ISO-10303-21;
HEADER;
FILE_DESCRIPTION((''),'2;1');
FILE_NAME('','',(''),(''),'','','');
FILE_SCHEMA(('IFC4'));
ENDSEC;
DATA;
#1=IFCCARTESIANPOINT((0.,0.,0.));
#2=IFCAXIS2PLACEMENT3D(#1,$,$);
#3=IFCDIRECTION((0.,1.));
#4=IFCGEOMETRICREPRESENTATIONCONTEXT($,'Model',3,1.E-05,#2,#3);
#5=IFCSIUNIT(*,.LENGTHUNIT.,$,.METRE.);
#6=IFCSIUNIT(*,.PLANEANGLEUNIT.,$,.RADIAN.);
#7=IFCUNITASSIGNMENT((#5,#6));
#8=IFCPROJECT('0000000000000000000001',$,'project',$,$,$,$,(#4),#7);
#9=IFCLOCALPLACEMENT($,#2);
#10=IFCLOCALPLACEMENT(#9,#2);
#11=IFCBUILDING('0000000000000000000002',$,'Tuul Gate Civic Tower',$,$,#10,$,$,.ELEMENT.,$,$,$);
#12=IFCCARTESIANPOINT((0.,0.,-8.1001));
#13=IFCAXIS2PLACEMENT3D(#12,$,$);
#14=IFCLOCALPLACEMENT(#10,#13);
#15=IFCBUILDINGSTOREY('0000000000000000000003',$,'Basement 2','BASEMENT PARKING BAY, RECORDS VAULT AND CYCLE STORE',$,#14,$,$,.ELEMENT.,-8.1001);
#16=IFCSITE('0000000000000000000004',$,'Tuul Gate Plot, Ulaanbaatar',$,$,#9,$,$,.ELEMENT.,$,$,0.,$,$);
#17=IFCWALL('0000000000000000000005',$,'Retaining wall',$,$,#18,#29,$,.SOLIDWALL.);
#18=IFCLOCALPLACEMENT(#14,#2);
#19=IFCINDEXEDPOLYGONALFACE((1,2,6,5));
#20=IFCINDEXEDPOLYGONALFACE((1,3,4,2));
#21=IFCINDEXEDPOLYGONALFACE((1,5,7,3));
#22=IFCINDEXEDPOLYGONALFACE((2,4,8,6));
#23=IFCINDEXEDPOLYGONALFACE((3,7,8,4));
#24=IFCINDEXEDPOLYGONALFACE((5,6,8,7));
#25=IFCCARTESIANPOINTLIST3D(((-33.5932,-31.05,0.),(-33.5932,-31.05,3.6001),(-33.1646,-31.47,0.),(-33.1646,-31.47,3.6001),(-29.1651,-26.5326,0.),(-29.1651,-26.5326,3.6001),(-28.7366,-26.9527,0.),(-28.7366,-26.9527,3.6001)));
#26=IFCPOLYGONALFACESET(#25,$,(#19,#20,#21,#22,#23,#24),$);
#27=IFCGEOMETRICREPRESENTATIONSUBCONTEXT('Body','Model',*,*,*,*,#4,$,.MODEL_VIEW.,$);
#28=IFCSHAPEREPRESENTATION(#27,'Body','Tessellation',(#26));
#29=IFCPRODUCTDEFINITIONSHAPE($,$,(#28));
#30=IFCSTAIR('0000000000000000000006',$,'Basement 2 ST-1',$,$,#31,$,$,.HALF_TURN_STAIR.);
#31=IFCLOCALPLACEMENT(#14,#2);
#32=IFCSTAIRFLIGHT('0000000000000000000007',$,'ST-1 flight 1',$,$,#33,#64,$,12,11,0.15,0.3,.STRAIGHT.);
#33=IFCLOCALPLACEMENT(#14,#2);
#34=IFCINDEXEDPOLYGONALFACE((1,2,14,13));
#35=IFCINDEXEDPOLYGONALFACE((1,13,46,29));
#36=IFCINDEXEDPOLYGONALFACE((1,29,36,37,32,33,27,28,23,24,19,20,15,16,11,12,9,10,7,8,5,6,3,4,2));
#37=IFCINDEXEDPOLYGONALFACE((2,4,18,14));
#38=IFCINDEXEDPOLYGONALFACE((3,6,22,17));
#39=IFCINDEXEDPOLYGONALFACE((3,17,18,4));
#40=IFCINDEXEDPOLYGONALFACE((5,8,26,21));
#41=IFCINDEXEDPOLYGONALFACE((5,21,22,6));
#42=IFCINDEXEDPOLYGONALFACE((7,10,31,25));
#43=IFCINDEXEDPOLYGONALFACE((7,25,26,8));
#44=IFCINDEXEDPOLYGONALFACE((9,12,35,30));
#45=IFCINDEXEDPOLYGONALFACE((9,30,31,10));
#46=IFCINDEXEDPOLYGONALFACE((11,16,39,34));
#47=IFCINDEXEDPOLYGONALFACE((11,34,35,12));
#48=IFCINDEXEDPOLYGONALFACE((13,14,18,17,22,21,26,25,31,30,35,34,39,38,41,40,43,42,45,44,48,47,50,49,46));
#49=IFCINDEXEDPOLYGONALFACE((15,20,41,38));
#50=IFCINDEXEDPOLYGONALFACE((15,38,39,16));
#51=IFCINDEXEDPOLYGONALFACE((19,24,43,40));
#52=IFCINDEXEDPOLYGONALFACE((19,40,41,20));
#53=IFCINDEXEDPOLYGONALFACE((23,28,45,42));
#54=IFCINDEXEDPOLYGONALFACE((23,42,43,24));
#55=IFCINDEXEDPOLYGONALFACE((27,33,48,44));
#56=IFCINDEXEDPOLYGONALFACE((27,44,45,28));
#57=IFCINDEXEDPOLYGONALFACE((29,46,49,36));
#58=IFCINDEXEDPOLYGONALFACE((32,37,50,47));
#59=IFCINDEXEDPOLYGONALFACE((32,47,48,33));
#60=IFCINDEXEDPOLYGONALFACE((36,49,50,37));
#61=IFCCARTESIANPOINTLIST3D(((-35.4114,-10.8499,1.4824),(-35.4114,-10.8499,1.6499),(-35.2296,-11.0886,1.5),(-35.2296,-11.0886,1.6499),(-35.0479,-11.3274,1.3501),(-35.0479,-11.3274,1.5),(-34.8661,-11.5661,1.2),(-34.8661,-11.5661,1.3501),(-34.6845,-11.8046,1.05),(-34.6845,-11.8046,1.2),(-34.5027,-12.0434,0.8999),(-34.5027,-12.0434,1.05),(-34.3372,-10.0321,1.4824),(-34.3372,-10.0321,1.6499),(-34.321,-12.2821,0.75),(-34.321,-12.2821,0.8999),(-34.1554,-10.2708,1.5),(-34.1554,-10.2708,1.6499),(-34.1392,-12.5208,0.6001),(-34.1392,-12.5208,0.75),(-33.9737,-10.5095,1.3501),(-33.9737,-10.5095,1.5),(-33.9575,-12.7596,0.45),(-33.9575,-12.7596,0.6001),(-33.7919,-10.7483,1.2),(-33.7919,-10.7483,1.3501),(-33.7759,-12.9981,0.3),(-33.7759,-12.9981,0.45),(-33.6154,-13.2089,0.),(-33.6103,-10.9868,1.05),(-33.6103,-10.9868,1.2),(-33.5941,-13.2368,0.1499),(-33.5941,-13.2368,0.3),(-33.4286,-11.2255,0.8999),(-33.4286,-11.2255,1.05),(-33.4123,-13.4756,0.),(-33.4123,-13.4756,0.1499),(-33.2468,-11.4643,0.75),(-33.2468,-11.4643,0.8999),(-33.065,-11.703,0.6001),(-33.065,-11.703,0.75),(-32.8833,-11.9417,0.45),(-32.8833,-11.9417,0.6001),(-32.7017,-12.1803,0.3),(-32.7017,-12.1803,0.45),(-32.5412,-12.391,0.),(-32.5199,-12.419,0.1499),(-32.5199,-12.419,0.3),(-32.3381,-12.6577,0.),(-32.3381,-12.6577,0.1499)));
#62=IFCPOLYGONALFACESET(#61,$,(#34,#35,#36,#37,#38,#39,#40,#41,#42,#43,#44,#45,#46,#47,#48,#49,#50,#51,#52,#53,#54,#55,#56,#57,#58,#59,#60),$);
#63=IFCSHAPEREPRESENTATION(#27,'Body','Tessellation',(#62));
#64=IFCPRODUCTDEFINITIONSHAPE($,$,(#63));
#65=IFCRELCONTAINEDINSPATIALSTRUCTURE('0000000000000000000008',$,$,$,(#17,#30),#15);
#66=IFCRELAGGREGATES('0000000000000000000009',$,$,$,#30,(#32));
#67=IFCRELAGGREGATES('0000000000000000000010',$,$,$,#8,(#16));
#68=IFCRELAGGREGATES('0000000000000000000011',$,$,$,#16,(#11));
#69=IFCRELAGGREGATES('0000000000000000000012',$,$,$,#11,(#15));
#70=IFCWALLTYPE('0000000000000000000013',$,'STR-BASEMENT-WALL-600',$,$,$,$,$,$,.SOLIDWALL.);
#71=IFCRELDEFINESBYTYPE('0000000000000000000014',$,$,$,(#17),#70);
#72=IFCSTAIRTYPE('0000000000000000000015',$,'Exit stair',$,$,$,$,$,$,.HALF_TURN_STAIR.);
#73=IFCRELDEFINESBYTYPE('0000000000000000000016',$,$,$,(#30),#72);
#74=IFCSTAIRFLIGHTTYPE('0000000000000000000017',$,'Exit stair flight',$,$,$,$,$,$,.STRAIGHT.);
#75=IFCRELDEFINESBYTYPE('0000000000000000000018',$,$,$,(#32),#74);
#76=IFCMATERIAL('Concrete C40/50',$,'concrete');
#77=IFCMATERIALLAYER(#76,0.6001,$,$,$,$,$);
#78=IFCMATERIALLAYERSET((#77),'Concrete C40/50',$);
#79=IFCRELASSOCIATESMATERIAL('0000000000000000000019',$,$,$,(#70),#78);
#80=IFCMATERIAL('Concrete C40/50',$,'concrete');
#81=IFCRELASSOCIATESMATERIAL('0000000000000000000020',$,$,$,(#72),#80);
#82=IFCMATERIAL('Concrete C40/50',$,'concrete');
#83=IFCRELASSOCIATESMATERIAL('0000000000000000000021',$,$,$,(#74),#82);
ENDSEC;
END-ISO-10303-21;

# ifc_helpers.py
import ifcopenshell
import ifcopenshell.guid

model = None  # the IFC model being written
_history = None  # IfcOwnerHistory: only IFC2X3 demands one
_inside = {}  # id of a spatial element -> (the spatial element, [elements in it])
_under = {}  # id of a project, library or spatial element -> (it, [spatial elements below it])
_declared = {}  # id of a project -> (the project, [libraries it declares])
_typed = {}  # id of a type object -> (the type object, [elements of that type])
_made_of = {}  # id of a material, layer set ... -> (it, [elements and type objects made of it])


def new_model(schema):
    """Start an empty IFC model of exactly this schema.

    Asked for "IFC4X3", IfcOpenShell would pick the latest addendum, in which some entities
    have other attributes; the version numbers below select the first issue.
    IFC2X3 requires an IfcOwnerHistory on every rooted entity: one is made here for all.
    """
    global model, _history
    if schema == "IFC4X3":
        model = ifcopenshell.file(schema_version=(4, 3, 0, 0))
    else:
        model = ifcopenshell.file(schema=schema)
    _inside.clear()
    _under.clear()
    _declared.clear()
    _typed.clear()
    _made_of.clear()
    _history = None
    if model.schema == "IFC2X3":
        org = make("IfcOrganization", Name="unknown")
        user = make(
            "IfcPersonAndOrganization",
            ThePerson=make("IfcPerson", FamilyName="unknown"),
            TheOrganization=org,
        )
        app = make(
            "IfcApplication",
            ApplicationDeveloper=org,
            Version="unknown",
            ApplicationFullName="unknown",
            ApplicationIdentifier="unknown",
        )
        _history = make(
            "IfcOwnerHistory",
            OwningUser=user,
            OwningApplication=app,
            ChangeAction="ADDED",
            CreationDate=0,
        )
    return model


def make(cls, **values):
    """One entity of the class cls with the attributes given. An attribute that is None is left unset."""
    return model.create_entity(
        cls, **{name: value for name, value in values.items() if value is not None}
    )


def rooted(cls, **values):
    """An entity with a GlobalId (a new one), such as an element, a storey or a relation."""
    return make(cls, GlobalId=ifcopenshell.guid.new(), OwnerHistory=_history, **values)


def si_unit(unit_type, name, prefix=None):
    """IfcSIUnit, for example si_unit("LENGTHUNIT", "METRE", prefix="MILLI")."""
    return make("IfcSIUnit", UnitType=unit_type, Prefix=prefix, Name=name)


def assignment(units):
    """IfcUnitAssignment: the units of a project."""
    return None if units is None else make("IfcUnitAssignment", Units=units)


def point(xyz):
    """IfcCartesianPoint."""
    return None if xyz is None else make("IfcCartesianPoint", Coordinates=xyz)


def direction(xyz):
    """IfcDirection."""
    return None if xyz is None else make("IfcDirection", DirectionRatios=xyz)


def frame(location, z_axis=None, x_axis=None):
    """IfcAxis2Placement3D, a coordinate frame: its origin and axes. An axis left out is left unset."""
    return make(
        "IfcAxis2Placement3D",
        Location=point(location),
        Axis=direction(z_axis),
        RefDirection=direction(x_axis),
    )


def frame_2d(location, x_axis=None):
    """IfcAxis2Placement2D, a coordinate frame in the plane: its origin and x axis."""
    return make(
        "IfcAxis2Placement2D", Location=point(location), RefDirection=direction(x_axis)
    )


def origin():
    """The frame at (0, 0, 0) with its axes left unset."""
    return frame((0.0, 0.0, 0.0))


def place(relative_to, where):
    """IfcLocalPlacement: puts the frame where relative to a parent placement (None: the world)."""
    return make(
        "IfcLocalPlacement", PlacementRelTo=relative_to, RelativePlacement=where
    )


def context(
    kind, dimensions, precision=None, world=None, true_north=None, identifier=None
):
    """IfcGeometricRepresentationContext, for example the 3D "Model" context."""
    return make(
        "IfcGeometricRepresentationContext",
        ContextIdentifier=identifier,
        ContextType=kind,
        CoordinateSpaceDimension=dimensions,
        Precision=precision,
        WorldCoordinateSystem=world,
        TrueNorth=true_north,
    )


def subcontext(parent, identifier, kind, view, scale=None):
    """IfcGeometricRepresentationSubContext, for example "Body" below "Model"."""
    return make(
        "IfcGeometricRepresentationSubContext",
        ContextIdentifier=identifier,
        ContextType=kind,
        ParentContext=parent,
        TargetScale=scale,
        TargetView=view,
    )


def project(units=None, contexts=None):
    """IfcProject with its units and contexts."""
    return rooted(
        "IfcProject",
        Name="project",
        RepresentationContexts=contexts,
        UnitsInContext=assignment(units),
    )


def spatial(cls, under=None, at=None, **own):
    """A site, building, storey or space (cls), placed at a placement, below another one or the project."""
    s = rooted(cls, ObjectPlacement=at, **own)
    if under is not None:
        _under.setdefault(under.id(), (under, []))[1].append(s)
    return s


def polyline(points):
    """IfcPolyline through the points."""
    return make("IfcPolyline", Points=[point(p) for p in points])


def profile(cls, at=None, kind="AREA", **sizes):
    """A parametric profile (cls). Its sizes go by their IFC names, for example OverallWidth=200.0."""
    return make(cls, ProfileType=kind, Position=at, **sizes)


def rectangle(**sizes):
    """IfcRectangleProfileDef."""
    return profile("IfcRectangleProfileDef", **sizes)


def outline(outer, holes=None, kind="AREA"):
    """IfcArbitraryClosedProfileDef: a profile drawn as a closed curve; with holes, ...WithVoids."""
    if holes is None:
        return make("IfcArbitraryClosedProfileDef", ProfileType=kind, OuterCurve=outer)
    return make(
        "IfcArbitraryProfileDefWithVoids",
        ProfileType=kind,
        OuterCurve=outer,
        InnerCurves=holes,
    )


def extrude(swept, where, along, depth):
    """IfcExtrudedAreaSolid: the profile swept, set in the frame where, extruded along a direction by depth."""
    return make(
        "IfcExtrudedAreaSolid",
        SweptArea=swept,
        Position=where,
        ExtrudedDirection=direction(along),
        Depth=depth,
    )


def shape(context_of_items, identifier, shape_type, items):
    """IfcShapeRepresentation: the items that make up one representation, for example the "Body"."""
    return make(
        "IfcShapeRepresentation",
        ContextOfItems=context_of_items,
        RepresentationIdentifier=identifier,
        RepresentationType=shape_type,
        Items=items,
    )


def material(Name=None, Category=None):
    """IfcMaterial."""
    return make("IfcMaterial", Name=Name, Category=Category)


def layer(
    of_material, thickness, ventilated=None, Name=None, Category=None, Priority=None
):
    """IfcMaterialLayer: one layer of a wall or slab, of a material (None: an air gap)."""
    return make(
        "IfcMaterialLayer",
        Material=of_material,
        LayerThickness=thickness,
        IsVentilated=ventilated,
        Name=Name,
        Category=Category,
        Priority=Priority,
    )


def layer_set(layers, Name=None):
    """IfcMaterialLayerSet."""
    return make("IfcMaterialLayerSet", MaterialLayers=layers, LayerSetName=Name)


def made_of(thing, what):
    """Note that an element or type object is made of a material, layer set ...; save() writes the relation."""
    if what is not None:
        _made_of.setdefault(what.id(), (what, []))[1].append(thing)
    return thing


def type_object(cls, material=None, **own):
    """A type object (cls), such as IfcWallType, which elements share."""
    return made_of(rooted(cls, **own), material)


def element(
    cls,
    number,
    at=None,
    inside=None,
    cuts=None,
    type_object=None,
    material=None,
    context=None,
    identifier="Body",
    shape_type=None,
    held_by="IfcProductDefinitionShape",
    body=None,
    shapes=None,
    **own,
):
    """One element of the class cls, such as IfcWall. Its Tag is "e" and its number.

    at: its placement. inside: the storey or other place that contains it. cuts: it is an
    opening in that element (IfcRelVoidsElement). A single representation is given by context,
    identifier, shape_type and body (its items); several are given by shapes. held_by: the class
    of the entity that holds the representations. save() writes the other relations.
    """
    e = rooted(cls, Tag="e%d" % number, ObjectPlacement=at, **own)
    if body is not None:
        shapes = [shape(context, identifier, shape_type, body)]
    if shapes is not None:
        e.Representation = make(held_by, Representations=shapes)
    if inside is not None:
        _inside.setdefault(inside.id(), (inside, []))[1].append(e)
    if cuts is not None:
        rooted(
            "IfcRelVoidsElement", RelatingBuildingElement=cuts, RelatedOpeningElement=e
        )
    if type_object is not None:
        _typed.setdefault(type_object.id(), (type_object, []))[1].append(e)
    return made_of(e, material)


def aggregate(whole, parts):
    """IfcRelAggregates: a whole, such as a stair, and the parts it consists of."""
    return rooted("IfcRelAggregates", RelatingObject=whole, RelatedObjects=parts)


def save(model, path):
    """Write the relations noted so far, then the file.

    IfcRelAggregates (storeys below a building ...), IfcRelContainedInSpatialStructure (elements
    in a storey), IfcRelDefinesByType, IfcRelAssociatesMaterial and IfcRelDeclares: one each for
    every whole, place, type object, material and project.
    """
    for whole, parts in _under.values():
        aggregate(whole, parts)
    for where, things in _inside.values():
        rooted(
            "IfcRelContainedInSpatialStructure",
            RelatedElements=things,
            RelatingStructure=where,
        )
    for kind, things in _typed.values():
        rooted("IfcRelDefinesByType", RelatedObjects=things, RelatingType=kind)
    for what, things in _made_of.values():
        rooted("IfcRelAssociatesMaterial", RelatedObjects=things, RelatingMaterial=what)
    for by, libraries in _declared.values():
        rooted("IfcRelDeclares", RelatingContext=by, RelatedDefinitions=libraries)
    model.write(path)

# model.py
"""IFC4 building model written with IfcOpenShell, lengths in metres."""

from ifc_helpers import new_model, si_unit, direction, frame, frame_2d, origin, place, context, subcontext, project, spatial, polyline, rectangle, outline, extrude, material, layer, layer_set, type_object, element, aggregate, save


model = new_model("IFC4")

# Units and contexts
model_context = context("Model", 3, precision=1e-05, world=origin(), true_north=direction((0.0, 1.0)))
body_context = subcontext(model_context, "Body", "Model", "MODEL_VIEW")
ifc_project = project(units=[si_unit("LENGTHUNIT", "METRE"), si_unit("PLANEANGLEUNIT", "RADIAN")], contexts=[model_context])

# Site, building, storey
site_placement = place(None, origin())
site = spatial("IfcSite", under=ifc_project, at=site_placement, Name="Tuul Gate Plot, Ulaanbaatar", CompositionType="ELEMENT", RefElevation=0.0)
building_placement = place(site_placement, origin())
building = spatial("IfcBuilding", under=site, at=building_placement, Name="Tuul Gate Civic Tower", CompositionType="ELEMENT")
storey_placement = place(building_placement, frame((0.0, 0.0, -8.1001)))
storey = spatial("IfcBuildingStorey", under=building, at=storey_placement, Name="Basement 2", Description="BASEMENT PARKING BAY, RECORDS VAULT AND CYCLE STORE", CompositionType="ELEMENT", Elevation=-8.1001)

# Wall
ifc_material_1 = material(Name="Concrete C40/50", Category="concrete")
ifc_layer_1 = layer(ifc_material_1, 0.6001)
ifc_layer_set_1 = layer_set([ifc_layer_1], Name="Concrete C40/50")
wall_type_1 = type_object("IfcWallType", Name="STR-BASEMENT-WALL-600", PredefinedType="SOLIDWALL", material=ifc_layer_set_1)
wall_1_placement = place(storey_placement, frame((-33.3789, -31.26, 0.0), z_axis=(0.0, 0.0, 1.0), x_axis=(0.700009, 0.714135, 0.0)))
element("IfcWall", 1, at=wall_1_placement, inside=storey, type_object=wall_type_1, Name="Retaining wall", PredefinedType="SOLIDWALL", context=body_context, shape_type="SweptSolid", body=[
    extrude(rectangle(XDim=6.3257, YDim=0.6001, at=frame_2d((3.1628, 0.0))), origin(), (0.0, 0.0, 1.0), 3.6001),
])

# Stair, stair flight
ifc_material_2 = material(Name="Concrete C40/50", Category="concrete")
stair_type = type_object("IfcStairType", Name="Exit stair", PredefinedType="HALF_TURN_STAIR", material=ifc_material_2)
stair_placement = place(storey_placement, origin())
stair = element("IfcStair", 2, at=stair_placement, inside=storey, type_object=stair_type, Name="Basement 2 ST-1", PredefinedType="HALF_TURN_STAIR")
ifc_material_3 = material(Name="Concrete C40/50", Category="concrete")
stair_flight_type = type_object("IfcStairFlightType", Name="Exit stair flight", PredefinedType="STRAIGHT", material=ifc_material_3)
stair_flight_placement = place(storey_placement, frame((-32.8752, -13.0667, 0.0), z_axis=(0.0, 0.0, 1.0), x_axis=(-0.605764, 0.795644, 0.0)))
stair_flight = element("IfcStairFlight", 3, at=stair_flight_placement, type_object=stair_flight_type, Name="ST-1 flight 1", NumberOfRisers=12, NumberOfTreads=11, PredefinedType="STRAIGHT", RiserHeight=0.15, TreadLength=0.3, context=body_context, shape_type="SweptSolid", body=[
    extrude(outline(polyline([(0.0, 0.0), (0.0, 0.1499), (0.3, 0.1499), (0.3, 0.3), (0.6001, 0.3), (0.6001, 0.45), (0.8999, 0.45), (0.8999, 0.6001), (1.2, 0.6001), (1.2, 0.75), (1.5, 0.75), (1.5, 0.8999), (1.8, 0.8999), (1.8, 1.05), (2.1001, 1.05), (2.1001, 1.2), (2.3999, 1.2), (2.3999, 1.3501), (2.7, 1.3501), (2.7, 1.5), (3.0, 1.5), (3.0, 1.6499), (3.3, 1.6499), (3.3, 1.8), (3.3, 1.4824), (0.3352, 0.0), (0.0, 0.0)])), frame((0.0, 0.675, 0.0), z_axis=(0.0, -1.0, 0.0), x_axis=(1.0, 0.0, 0.0)), (0.0, 0.0, 1.0), 1.3501),
])
aggregate(stair, [stair_flight])

save(model, "model.ifc")
